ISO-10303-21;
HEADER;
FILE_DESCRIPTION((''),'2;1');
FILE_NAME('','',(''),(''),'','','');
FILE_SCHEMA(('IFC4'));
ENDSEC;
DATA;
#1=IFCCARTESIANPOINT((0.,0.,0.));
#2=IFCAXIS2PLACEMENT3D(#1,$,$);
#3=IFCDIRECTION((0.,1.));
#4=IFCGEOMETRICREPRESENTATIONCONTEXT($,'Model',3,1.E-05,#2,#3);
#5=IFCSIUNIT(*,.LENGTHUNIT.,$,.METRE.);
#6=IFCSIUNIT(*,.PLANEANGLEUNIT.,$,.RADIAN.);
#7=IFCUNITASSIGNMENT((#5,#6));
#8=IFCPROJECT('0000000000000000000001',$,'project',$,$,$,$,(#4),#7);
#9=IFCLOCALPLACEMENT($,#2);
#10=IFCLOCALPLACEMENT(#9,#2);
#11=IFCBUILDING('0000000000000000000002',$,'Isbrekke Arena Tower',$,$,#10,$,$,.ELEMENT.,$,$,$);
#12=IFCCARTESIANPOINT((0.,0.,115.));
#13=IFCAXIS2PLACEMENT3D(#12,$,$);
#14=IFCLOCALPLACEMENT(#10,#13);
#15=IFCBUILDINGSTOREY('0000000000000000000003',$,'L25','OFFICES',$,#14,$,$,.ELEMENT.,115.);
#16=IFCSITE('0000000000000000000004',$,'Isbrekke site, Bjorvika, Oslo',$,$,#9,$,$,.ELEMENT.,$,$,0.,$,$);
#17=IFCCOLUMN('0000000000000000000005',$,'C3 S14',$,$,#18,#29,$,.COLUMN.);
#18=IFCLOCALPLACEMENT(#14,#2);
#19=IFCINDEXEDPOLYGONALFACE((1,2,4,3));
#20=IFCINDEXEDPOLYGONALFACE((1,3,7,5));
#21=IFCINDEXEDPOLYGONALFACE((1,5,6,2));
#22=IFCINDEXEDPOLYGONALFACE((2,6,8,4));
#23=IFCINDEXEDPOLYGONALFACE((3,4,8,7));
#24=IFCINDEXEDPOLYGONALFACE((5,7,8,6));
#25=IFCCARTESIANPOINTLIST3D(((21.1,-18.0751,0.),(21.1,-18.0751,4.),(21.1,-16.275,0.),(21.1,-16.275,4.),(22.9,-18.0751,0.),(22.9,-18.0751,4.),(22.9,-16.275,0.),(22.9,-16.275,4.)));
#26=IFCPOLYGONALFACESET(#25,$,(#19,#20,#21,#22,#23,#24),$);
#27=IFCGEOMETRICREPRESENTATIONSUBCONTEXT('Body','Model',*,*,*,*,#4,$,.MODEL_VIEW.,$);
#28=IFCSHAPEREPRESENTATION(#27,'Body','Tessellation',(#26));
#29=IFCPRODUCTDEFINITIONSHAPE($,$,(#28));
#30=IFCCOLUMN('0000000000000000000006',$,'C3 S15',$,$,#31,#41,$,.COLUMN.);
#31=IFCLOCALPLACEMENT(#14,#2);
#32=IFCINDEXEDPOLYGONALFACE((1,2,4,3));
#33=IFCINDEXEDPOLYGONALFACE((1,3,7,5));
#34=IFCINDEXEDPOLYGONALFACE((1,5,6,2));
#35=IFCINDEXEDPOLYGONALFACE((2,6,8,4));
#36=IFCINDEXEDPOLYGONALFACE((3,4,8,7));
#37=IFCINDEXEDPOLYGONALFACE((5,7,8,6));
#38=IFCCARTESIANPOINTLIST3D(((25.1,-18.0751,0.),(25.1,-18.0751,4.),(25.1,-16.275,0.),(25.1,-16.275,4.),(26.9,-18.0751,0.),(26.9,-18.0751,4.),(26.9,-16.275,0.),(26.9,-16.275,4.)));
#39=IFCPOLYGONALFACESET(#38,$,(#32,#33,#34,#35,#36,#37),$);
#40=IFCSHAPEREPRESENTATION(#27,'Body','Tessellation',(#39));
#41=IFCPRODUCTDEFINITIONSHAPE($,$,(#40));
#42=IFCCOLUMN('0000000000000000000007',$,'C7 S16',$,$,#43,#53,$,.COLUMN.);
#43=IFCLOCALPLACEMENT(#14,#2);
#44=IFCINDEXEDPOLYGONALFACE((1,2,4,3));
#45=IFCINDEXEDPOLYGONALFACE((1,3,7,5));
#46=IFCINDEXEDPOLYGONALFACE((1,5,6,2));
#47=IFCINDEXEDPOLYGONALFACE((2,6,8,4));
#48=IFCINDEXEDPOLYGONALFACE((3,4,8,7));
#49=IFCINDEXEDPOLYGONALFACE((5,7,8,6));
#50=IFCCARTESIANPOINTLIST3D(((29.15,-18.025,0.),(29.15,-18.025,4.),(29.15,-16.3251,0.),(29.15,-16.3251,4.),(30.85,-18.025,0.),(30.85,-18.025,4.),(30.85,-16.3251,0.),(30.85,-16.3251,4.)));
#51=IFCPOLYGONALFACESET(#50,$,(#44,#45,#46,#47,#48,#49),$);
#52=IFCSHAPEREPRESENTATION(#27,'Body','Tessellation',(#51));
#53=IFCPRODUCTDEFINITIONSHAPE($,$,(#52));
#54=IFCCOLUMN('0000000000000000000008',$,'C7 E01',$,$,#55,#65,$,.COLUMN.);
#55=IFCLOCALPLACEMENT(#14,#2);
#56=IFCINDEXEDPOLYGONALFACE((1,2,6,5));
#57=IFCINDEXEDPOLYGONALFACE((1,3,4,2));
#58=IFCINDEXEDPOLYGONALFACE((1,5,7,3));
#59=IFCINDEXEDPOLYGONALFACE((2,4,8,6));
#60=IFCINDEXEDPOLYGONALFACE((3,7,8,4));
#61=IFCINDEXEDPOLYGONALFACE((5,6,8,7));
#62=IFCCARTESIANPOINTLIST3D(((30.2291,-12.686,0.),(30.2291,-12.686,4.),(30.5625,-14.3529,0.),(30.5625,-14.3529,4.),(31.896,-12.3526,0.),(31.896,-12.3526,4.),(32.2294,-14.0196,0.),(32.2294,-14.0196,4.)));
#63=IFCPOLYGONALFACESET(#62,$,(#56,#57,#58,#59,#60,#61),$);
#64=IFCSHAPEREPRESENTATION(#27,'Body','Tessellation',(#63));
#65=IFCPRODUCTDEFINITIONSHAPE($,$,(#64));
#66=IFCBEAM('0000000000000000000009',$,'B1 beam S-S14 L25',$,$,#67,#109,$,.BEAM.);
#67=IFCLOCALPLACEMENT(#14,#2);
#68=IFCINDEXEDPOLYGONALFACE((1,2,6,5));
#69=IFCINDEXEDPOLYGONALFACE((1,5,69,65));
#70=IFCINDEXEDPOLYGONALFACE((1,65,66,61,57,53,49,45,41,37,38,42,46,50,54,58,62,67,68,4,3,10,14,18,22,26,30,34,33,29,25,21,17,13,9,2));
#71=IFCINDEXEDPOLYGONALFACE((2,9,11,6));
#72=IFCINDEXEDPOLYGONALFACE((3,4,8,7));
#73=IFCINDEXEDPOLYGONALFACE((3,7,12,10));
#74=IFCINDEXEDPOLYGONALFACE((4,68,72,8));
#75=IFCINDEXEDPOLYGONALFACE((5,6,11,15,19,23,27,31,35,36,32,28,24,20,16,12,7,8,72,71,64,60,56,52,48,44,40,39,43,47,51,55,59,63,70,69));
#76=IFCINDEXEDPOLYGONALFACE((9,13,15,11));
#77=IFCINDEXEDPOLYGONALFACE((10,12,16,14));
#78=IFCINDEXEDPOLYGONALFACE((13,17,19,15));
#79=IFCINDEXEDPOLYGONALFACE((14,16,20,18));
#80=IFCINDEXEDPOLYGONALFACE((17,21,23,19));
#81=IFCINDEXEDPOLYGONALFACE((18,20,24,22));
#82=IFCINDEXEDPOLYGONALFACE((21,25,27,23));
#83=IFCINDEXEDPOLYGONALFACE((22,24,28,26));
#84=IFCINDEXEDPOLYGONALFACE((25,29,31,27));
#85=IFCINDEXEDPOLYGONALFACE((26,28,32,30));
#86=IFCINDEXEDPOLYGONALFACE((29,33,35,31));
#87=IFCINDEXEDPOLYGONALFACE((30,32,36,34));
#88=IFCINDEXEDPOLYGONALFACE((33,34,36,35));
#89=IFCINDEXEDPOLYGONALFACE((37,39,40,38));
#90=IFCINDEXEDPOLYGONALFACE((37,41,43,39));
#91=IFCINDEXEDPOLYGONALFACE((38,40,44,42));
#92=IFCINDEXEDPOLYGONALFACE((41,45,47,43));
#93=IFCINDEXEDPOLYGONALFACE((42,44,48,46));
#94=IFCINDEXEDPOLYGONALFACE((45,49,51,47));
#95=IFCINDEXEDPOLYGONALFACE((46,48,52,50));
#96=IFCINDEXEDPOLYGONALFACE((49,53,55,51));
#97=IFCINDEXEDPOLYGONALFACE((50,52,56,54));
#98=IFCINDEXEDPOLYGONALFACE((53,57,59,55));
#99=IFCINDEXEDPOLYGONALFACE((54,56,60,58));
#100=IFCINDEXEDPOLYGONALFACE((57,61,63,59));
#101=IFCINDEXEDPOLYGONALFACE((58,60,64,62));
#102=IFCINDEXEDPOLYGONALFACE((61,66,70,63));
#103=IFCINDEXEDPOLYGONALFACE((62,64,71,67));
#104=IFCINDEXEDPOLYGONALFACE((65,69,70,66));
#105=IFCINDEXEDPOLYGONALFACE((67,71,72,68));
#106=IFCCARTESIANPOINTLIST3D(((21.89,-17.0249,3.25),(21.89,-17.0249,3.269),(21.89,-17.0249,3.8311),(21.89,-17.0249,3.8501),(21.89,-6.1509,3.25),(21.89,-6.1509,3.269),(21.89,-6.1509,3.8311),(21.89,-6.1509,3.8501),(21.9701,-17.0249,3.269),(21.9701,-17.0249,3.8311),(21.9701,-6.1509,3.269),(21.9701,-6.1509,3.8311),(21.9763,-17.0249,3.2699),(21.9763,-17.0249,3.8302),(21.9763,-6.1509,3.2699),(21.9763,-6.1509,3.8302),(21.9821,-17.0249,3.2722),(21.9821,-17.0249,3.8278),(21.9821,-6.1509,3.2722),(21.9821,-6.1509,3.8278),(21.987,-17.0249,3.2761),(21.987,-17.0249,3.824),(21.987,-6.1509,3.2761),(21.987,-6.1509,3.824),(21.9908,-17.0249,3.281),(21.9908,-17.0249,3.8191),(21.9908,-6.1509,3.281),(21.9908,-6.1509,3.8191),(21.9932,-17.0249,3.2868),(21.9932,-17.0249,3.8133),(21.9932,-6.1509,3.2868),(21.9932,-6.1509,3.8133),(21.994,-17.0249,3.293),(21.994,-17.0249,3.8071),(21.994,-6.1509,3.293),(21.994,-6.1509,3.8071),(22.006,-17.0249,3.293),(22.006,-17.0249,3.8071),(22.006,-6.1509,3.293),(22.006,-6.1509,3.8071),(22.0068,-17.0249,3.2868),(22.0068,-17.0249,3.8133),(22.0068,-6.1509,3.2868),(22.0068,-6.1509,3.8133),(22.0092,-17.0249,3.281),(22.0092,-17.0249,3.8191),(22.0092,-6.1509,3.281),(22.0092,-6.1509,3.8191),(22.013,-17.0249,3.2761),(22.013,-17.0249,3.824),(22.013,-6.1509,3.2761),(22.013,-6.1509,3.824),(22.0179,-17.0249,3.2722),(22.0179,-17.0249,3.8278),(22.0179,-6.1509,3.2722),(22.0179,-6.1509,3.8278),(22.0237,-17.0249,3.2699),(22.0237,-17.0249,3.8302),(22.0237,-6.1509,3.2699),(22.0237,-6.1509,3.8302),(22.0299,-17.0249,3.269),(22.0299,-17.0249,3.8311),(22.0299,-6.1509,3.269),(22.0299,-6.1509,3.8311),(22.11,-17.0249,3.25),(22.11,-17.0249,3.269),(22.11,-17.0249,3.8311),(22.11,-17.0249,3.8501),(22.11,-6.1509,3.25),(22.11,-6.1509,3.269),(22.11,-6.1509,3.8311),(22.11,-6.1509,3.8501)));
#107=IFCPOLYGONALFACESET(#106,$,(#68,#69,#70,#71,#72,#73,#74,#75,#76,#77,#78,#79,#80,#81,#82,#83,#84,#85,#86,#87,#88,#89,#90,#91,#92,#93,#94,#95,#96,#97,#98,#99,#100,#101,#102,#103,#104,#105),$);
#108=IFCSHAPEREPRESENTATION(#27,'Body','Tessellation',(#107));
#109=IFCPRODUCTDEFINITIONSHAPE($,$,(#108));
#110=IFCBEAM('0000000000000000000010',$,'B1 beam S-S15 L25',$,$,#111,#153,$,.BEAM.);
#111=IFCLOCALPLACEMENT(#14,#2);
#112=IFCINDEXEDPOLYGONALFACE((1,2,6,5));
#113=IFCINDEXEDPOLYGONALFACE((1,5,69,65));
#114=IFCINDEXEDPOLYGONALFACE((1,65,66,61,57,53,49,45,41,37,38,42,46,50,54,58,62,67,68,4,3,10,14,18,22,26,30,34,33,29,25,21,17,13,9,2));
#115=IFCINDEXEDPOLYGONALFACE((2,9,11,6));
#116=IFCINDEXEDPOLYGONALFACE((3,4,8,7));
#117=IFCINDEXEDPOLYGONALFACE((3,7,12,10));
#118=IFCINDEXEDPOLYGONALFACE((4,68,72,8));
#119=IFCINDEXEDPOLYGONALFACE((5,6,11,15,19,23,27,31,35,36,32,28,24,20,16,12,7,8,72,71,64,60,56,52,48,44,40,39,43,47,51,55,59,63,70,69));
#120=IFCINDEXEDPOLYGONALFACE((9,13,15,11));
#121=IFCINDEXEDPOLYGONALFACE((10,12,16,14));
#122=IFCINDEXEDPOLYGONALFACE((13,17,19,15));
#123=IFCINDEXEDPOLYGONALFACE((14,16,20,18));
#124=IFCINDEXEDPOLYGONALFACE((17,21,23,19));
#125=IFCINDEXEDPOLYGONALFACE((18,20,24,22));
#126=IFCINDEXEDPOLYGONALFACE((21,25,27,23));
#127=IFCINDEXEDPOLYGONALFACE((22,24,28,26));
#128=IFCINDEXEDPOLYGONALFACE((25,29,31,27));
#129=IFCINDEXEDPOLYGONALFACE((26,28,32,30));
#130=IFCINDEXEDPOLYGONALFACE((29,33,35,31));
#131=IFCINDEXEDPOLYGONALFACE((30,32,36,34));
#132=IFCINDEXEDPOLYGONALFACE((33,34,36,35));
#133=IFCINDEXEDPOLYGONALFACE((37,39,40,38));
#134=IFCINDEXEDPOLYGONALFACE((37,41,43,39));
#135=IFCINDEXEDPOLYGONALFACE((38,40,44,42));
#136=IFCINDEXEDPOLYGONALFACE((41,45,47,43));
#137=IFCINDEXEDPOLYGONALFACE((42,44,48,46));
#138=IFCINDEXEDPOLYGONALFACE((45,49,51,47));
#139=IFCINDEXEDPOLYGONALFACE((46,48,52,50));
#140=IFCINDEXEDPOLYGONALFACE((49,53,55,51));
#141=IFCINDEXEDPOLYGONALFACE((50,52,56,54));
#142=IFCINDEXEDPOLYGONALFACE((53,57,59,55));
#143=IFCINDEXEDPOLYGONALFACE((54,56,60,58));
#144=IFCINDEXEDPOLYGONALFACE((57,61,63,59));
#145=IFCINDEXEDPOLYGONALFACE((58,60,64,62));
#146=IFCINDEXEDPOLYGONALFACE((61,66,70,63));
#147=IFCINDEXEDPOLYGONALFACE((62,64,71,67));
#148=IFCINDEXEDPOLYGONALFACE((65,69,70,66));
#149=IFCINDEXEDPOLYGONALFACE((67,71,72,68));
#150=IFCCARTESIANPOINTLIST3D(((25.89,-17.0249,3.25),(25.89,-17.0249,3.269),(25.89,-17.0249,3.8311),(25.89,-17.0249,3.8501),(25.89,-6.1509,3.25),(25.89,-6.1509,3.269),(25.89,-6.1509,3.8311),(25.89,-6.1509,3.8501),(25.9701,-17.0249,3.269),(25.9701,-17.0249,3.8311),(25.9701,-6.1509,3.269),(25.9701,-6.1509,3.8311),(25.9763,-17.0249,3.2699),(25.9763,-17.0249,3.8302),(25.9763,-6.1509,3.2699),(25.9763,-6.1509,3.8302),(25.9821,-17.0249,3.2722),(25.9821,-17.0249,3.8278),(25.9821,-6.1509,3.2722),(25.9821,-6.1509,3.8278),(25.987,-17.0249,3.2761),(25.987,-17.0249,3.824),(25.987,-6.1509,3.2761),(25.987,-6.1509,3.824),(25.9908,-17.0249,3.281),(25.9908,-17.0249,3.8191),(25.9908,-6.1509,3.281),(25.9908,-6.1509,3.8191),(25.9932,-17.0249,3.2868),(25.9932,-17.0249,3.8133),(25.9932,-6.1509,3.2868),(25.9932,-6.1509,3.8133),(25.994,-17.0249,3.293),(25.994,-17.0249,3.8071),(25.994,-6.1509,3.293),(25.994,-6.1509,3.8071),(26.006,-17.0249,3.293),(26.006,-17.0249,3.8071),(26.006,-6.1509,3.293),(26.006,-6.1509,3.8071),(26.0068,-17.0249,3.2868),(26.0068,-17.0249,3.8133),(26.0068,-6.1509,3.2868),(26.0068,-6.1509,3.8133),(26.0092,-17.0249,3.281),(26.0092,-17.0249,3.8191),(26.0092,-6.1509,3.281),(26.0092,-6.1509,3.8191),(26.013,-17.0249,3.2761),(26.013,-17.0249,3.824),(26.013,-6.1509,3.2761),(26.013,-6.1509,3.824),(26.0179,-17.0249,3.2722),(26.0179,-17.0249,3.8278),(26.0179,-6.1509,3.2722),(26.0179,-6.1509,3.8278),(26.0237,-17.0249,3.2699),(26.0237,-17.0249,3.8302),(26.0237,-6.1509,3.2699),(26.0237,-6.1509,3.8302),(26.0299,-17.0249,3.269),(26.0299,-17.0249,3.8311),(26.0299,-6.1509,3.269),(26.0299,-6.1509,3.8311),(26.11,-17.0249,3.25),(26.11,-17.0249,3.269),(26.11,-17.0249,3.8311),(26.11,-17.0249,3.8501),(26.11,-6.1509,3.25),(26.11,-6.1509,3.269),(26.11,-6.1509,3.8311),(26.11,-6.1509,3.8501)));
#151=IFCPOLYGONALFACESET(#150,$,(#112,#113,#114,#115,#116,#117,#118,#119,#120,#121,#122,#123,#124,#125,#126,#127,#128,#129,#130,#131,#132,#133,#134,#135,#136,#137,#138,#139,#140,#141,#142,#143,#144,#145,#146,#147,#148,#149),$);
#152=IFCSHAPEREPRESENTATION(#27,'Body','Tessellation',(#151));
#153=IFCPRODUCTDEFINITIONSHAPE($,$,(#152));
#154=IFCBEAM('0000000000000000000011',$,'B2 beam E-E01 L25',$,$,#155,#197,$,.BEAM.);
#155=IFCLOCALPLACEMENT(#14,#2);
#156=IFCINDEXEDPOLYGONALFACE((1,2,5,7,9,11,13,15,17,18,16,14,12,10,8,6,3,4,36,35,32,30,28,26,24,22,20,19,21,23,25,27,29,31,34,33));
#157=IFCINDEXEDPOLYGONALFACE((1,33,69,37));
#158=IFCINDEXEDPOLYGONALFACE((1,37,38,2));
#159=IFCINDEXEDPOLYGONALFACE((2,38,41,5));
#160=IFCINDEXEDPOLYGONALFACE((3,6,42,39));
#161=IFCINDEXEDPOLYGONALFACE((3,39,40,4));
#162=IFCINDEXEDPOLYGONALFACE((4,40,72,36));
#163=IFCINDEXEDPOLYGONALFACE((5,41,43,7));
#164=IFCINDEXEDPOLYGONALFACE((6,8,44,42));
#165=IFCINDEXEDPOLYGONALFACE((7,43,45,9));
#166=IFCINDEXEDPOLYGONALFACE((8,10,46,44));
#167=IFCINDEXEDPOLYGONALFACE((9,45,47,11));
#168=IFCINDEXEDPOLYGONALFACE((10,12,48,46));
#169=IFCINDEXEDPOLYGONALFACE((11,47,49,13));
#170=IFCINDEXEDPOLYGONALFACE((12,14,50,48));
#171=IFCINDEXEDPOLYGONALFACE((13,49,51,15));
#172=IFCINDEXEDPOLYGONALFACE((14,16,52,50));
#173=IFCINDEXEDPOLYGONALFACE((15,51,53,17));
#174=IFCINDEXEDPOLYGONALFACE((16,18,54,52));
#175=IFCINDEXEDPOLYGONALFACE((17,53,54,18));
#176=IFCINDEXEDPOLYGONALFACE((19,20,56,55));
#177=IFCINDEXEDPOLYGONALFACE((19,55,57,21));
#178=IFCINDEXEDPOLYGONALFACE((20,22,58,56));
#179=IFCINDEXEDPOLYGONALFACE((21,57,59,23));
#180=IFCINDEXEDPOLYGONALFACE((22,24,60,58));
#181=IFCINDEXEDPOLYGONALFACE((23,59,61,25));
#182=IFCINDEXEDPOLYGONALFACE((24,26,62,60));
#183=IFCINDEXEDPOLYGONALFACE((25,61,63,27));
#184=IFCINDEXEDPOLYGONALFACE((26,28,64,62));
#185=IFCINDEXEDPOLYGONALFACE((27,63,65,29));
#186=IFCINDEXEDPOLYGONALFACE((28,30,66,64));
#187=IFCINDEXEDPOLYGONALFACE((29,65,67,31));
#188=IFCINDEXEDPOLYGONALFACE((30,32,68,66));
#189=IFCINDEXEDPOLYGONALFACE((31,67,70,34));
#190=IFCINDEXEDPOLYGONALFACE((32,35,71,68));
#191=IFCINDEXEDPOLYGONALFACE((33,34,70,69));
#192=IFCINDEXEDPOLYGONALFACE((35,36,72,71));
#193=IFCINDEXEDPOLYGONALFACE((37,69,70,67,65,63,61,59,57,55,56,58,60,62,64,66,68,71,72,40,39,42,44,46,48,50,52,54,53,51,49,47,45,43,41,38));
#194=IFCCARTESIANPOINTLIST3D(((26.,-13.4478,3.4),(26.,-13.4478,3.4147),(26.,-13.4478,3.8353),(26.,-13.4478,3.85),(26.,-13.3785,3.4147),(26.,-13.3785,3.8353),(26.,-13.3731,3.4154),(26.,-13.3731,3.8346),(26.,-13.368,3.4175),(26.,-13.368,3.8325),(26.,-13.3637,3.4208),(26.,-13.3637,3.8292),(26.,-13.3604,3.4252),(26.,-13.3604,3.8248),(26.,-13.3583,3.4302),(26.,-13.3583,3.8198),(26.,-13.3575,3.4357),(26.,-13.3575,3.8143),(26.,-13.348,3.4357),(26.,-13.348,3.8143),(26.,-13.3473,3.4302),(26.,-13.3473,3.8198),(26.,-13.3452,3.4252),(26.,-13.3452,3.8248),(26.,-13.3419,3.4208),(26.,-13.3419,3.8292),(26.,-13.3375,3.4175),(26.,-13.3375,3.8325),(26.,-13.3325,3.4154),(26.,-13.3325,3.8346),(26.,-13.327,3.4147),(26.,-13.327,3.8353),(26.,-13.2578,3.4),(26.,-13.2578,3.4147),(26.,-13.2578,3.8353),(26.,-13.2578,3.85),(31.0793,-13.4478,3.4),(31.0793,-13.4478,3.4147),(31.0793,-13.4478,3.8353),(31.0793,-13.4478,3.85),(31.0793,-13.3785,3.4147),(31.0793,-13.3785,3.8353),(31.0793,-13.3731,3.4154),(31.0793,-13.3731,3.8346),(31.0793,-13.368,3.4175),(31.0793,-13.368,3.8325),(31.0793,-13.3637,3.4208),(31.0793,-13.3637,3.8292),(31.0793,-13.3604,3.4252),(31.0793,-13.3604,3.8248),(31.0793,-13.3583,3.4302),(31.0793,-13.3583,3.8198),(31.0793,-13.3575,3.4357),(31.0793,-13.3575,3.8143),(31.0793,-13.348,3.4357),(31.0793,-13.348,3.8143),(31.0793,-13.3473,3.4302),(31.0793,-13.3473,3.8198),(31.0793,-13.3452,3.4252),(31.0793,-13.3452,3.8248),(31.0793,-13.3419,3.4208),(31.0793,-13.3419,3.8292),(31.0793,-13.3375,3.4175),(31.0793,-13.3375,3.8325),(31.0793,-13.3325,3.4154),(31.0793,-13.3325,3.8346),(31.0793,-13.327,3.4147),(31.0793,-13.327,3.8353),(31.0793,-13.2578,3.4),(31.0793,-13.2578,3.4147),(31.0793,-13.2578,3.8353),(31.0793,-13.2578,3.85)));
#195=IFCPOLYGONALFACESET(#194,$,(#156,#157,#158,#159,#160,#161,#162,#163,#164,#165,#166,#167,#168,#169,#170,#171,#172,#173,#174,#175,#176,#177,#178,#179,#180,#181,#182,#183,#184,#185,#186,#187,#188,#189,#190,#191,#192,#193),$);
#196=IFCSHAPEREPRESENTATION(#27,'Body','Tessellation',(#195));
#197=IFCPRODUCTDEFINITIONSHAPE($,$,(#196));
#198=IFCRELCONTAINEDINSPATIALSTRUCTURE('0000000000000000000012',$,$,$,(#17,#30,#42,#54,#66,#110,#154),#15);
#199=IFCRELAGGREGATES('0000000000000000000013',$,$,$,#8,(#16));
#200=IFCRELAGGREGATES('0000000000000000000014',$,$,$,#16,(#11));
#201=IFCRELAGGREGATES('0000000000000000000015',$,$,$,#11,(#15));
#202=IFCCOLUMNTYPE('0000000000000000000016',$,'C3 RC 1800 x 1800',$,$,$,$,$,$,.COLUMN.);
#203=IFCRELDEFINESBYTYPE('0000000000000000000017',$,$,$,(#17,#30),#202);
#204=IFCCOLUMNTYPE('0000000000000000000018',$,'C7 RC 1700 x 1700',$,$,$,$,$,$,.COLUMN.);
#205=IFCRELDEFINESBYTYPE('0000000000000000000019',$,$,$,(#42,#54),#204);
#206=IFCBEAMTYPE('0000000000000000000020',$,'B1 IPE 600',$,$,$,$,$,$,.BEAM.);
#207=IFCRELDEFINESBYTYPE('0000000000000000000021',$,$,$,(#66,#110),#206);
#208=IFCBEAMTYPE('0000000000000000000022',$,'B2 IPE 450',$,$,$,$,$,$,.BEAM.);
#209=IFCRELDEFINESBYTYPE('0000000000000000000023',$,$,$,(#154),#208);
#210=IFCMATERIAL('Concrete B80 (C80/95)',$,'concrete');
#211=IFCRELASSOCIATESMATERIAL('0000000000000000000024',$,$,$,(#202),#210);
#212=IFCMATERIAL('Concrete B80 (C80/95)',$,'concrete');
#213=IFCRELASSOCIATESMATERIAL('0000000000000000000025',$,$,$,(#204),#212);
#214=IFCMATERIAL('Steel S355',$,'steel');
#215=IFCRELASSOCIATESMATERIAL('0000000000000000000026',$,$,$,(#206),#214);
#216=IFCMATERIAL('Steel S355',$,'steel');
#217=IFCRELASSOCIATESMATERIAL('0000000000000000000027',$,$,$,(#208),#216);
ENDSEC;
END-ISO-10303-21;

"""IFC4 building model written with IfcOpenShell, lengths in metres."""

from ifc_helpers import new_model, si_unit, direction, frame, origin, origin_2d, place, context, subcontext, project, spatial, rectangle, i_section, extrude, material, material_profile, profile_set, type_object, element, save


model = new_model("IFC4")

# Units and contexts
model_context = context("Model", 3, precision=1e-05, world=origin(), true_north=direction((0.0, 1.0)))
body_context = subcontext(model_context, "Body", "Model", "MODEL_VIEW")
ifc_project = project(units=[si_unit("LENGTHUNIT", "METRE"), si_unit("PLANEANGLEUNIT", "RADIAN")], contexts=[model_context])

# Site, building, storey
site_placement = place(None, origin())
site = spatial("IfcSite", under=ifc_project, at=site_placement, Name="Isbrekke site, Bjorvika, Oslo", CompositionType="ELEMENT", RefElevation=0.0)
building_placement = place(site_placement, origin())
building = spatial("IfcBuilding", under=site, at=building_placement, Name="Isbrekke Arena Tower", CompositionType="ELEMENT")
storey_placement = place(building_placement, frame((0.0, 0.0, 115.0)))
storey = spatial("IfcBuildingStorey", under=building, at=storey_placement, Name="L25", Description="OFFICES", CompositionType="ELEMENT", Elevation=115.0)

# Columns
ifc_material_1 = material(Name="Concrete B80 (C80/95)", Category="concrete")
ifc_material_profile_1 = material_profile(ifc_material_1, rectangle(XDim=1.8, YDim=1.8, at=origin_2d()), Name="RC 1800x1800")
ifc_profile_set_1 = profile_set([ifc_material_profile_1], Name="Concrete B80 (C80/95)")
column_type_1 = type_object("IfcColumnType", Name="C3 RC 1800 x 1800", PredefinedType="COLUMN", material=ifc_profile_set_1)
for number, where, z_axis, x_axis, name in (
    (1, (22.0, -17.175, 0.0), (0.0, 0.0, 1.0), (1.0, 0.0, 0.0), "C3 S14"),
    (2, (26.0, -17.175, 0.0), (0.0, 0.0, 1.0), (1.0, 0.0, 0.0), "C3 S15"),
):
    element("IfcColumn", number, at=place(storey_placement, frame(where, z_axis=z_axis, x_axis=x_axis)), inside=storey, type_object=column_type_1, Name=name, PredefinedType="COLUMN", context=body_context, shape_type="SweptSolid", body=[
        extrude(rectangle(XDim=1.8, YDim=1.8, at=origin_2d()), origin(), (0.0, 0.0, 1.0), 4.0),
    ])
ifc_material_2 = material(Name="Concrete B80 (C80/95)", Category="concrete")
ifc_material_profile_2 = material_profile(ifc_material_2, rectangle(XDim=1.7, YDim=1.7, at=origin_2d()), Name="RC 1700x1700")
ifc_profile_set_2 = profile_set([ifc_material_profile_2], Name="Concrete B80 (C80/95)")
column_type_2 = type_object("IfcColumnType", Name="C7 RC 1700 x 1700", PredefinedType="COLUMN", material=ifc_profile_set_2)
for number, where, z_axis, x_axis, name in (
    (3, (30.0, -17.175, 0.0), (0.0, 0.0, 1.0), (1.0, 0.0, 0.0), "C7 S16"),
    (4, (31.2292, -13.3528, 0.0), (0.0, 0.0, 1.0), (-0.196116, 0.980581, 0.0), "C7 E01"),
):
    element("IfcColumn", number, at=place(storey_placement, frame(where, z_axis=z_axis, x_axis=x_axis)), inside=storey, type_object=column_type_2, Name=name, PredefinedType="COLUMN", context=body_context, shape_type="SweptSolid", body=[
        extrude(rectangle(XDim=1.7, YDim=1.7, at=origin_2d()), origin(), (0.0, 0.0, 1.0), 4.0),
    ])

# Beams
ifc_material_3 = material(Name="Steel S355", Category="steel")
ifc_material_profile_3 = material_profile(ifc_material_3, i_section(OverallWidth=0.22, OverallDepth=0.6001, WebThickness=0.012, FlangeThickness=0.019, FilletRadius=0.0239, at=origin_2d()), Name="IPE 600")
ifc_profile_set_3 = profile_set([ifc_material_profile_3], Name="Steel S355")
beam_type_1 = type_object("IfcBeamType", Name="B1 IPE 600", PredefinedType="BEAM", material=ifc_profile_set_3)
for number, where, z_axis, x_axis, name in (
    (5, (22.0, -17.0249, 3.55), (0.0, 1.0, 0.0), (-1.0, 0.0, 0.0), "B1 beam S-S14 L25"),
    (6, (26.0, -17.0249, 3.55), (0.0, 1.0, 0.0), (-1.0, 0.0, 0.0), "B1 beam S-S15 L25"),
):
    element("IfcBeam", number, at=place(storey_placement, frame(where, z_axis=z_axis, x_axis=x_axis)), inside=storey, type_object=beam_type_1, Name=name, PredefinedType="BEAM", context=body_context, shape_type="SweptSolid", body=[
        extrude(i_section(OverallWidth=0.22, OverallDepth=0.6001, WebThickness=0.012, FlangeThickness=0.019, FilletRadius=0.0239, at=origin_2d()), origin(), (0.0, 0.0, 1.0), 10.874),
    ])
ifc_material_4 = material(Name="Steel S355", Category="steel")
ifc_material_profile_4 = material_profile(ifc_material_4, i_section(OverallWidth=0.1899, OverallDepth=0.45, WebThickness=0.0095, FlangeThickness=0.0146, FilletRadius=0.021, at=origin_2d()), Name="IPE 450")
ifc_profile_set_4 = profile_set([ifc_material_profile_4], Name="Steel S355")
beam_type_2 = type_object("IfcBeamType", Name="B2 IPE 450", PredefinedType="BEAM", material=ifc_profile_set_4)
beam_1_placement = place(storey_placement, frame((31.0793, -13.3528, 3.625), z_axis=(-1.0, 0.0, 0.0), x_axis=(0.0, -1.0, 0.0)))
element("IfcBeam", 7, at=beam_1_placement, inside=storey, type_object=beam_type_2, Name="B2 beam E-E01 L25", PredefinedType="BEAM", context=body_context, shape_type="SweptSolid", body=[
    extrude(i_section(OverallWidth=0.1899, OverallDepth=0.45, WebThickness=0.0095, FlangeThickness=0.0146, FilletRadius=0.021, at=origin_2d()), origin(), (0.0, 0.0, 1.0), 5.0793),
])

save(model, "model.ifc")
